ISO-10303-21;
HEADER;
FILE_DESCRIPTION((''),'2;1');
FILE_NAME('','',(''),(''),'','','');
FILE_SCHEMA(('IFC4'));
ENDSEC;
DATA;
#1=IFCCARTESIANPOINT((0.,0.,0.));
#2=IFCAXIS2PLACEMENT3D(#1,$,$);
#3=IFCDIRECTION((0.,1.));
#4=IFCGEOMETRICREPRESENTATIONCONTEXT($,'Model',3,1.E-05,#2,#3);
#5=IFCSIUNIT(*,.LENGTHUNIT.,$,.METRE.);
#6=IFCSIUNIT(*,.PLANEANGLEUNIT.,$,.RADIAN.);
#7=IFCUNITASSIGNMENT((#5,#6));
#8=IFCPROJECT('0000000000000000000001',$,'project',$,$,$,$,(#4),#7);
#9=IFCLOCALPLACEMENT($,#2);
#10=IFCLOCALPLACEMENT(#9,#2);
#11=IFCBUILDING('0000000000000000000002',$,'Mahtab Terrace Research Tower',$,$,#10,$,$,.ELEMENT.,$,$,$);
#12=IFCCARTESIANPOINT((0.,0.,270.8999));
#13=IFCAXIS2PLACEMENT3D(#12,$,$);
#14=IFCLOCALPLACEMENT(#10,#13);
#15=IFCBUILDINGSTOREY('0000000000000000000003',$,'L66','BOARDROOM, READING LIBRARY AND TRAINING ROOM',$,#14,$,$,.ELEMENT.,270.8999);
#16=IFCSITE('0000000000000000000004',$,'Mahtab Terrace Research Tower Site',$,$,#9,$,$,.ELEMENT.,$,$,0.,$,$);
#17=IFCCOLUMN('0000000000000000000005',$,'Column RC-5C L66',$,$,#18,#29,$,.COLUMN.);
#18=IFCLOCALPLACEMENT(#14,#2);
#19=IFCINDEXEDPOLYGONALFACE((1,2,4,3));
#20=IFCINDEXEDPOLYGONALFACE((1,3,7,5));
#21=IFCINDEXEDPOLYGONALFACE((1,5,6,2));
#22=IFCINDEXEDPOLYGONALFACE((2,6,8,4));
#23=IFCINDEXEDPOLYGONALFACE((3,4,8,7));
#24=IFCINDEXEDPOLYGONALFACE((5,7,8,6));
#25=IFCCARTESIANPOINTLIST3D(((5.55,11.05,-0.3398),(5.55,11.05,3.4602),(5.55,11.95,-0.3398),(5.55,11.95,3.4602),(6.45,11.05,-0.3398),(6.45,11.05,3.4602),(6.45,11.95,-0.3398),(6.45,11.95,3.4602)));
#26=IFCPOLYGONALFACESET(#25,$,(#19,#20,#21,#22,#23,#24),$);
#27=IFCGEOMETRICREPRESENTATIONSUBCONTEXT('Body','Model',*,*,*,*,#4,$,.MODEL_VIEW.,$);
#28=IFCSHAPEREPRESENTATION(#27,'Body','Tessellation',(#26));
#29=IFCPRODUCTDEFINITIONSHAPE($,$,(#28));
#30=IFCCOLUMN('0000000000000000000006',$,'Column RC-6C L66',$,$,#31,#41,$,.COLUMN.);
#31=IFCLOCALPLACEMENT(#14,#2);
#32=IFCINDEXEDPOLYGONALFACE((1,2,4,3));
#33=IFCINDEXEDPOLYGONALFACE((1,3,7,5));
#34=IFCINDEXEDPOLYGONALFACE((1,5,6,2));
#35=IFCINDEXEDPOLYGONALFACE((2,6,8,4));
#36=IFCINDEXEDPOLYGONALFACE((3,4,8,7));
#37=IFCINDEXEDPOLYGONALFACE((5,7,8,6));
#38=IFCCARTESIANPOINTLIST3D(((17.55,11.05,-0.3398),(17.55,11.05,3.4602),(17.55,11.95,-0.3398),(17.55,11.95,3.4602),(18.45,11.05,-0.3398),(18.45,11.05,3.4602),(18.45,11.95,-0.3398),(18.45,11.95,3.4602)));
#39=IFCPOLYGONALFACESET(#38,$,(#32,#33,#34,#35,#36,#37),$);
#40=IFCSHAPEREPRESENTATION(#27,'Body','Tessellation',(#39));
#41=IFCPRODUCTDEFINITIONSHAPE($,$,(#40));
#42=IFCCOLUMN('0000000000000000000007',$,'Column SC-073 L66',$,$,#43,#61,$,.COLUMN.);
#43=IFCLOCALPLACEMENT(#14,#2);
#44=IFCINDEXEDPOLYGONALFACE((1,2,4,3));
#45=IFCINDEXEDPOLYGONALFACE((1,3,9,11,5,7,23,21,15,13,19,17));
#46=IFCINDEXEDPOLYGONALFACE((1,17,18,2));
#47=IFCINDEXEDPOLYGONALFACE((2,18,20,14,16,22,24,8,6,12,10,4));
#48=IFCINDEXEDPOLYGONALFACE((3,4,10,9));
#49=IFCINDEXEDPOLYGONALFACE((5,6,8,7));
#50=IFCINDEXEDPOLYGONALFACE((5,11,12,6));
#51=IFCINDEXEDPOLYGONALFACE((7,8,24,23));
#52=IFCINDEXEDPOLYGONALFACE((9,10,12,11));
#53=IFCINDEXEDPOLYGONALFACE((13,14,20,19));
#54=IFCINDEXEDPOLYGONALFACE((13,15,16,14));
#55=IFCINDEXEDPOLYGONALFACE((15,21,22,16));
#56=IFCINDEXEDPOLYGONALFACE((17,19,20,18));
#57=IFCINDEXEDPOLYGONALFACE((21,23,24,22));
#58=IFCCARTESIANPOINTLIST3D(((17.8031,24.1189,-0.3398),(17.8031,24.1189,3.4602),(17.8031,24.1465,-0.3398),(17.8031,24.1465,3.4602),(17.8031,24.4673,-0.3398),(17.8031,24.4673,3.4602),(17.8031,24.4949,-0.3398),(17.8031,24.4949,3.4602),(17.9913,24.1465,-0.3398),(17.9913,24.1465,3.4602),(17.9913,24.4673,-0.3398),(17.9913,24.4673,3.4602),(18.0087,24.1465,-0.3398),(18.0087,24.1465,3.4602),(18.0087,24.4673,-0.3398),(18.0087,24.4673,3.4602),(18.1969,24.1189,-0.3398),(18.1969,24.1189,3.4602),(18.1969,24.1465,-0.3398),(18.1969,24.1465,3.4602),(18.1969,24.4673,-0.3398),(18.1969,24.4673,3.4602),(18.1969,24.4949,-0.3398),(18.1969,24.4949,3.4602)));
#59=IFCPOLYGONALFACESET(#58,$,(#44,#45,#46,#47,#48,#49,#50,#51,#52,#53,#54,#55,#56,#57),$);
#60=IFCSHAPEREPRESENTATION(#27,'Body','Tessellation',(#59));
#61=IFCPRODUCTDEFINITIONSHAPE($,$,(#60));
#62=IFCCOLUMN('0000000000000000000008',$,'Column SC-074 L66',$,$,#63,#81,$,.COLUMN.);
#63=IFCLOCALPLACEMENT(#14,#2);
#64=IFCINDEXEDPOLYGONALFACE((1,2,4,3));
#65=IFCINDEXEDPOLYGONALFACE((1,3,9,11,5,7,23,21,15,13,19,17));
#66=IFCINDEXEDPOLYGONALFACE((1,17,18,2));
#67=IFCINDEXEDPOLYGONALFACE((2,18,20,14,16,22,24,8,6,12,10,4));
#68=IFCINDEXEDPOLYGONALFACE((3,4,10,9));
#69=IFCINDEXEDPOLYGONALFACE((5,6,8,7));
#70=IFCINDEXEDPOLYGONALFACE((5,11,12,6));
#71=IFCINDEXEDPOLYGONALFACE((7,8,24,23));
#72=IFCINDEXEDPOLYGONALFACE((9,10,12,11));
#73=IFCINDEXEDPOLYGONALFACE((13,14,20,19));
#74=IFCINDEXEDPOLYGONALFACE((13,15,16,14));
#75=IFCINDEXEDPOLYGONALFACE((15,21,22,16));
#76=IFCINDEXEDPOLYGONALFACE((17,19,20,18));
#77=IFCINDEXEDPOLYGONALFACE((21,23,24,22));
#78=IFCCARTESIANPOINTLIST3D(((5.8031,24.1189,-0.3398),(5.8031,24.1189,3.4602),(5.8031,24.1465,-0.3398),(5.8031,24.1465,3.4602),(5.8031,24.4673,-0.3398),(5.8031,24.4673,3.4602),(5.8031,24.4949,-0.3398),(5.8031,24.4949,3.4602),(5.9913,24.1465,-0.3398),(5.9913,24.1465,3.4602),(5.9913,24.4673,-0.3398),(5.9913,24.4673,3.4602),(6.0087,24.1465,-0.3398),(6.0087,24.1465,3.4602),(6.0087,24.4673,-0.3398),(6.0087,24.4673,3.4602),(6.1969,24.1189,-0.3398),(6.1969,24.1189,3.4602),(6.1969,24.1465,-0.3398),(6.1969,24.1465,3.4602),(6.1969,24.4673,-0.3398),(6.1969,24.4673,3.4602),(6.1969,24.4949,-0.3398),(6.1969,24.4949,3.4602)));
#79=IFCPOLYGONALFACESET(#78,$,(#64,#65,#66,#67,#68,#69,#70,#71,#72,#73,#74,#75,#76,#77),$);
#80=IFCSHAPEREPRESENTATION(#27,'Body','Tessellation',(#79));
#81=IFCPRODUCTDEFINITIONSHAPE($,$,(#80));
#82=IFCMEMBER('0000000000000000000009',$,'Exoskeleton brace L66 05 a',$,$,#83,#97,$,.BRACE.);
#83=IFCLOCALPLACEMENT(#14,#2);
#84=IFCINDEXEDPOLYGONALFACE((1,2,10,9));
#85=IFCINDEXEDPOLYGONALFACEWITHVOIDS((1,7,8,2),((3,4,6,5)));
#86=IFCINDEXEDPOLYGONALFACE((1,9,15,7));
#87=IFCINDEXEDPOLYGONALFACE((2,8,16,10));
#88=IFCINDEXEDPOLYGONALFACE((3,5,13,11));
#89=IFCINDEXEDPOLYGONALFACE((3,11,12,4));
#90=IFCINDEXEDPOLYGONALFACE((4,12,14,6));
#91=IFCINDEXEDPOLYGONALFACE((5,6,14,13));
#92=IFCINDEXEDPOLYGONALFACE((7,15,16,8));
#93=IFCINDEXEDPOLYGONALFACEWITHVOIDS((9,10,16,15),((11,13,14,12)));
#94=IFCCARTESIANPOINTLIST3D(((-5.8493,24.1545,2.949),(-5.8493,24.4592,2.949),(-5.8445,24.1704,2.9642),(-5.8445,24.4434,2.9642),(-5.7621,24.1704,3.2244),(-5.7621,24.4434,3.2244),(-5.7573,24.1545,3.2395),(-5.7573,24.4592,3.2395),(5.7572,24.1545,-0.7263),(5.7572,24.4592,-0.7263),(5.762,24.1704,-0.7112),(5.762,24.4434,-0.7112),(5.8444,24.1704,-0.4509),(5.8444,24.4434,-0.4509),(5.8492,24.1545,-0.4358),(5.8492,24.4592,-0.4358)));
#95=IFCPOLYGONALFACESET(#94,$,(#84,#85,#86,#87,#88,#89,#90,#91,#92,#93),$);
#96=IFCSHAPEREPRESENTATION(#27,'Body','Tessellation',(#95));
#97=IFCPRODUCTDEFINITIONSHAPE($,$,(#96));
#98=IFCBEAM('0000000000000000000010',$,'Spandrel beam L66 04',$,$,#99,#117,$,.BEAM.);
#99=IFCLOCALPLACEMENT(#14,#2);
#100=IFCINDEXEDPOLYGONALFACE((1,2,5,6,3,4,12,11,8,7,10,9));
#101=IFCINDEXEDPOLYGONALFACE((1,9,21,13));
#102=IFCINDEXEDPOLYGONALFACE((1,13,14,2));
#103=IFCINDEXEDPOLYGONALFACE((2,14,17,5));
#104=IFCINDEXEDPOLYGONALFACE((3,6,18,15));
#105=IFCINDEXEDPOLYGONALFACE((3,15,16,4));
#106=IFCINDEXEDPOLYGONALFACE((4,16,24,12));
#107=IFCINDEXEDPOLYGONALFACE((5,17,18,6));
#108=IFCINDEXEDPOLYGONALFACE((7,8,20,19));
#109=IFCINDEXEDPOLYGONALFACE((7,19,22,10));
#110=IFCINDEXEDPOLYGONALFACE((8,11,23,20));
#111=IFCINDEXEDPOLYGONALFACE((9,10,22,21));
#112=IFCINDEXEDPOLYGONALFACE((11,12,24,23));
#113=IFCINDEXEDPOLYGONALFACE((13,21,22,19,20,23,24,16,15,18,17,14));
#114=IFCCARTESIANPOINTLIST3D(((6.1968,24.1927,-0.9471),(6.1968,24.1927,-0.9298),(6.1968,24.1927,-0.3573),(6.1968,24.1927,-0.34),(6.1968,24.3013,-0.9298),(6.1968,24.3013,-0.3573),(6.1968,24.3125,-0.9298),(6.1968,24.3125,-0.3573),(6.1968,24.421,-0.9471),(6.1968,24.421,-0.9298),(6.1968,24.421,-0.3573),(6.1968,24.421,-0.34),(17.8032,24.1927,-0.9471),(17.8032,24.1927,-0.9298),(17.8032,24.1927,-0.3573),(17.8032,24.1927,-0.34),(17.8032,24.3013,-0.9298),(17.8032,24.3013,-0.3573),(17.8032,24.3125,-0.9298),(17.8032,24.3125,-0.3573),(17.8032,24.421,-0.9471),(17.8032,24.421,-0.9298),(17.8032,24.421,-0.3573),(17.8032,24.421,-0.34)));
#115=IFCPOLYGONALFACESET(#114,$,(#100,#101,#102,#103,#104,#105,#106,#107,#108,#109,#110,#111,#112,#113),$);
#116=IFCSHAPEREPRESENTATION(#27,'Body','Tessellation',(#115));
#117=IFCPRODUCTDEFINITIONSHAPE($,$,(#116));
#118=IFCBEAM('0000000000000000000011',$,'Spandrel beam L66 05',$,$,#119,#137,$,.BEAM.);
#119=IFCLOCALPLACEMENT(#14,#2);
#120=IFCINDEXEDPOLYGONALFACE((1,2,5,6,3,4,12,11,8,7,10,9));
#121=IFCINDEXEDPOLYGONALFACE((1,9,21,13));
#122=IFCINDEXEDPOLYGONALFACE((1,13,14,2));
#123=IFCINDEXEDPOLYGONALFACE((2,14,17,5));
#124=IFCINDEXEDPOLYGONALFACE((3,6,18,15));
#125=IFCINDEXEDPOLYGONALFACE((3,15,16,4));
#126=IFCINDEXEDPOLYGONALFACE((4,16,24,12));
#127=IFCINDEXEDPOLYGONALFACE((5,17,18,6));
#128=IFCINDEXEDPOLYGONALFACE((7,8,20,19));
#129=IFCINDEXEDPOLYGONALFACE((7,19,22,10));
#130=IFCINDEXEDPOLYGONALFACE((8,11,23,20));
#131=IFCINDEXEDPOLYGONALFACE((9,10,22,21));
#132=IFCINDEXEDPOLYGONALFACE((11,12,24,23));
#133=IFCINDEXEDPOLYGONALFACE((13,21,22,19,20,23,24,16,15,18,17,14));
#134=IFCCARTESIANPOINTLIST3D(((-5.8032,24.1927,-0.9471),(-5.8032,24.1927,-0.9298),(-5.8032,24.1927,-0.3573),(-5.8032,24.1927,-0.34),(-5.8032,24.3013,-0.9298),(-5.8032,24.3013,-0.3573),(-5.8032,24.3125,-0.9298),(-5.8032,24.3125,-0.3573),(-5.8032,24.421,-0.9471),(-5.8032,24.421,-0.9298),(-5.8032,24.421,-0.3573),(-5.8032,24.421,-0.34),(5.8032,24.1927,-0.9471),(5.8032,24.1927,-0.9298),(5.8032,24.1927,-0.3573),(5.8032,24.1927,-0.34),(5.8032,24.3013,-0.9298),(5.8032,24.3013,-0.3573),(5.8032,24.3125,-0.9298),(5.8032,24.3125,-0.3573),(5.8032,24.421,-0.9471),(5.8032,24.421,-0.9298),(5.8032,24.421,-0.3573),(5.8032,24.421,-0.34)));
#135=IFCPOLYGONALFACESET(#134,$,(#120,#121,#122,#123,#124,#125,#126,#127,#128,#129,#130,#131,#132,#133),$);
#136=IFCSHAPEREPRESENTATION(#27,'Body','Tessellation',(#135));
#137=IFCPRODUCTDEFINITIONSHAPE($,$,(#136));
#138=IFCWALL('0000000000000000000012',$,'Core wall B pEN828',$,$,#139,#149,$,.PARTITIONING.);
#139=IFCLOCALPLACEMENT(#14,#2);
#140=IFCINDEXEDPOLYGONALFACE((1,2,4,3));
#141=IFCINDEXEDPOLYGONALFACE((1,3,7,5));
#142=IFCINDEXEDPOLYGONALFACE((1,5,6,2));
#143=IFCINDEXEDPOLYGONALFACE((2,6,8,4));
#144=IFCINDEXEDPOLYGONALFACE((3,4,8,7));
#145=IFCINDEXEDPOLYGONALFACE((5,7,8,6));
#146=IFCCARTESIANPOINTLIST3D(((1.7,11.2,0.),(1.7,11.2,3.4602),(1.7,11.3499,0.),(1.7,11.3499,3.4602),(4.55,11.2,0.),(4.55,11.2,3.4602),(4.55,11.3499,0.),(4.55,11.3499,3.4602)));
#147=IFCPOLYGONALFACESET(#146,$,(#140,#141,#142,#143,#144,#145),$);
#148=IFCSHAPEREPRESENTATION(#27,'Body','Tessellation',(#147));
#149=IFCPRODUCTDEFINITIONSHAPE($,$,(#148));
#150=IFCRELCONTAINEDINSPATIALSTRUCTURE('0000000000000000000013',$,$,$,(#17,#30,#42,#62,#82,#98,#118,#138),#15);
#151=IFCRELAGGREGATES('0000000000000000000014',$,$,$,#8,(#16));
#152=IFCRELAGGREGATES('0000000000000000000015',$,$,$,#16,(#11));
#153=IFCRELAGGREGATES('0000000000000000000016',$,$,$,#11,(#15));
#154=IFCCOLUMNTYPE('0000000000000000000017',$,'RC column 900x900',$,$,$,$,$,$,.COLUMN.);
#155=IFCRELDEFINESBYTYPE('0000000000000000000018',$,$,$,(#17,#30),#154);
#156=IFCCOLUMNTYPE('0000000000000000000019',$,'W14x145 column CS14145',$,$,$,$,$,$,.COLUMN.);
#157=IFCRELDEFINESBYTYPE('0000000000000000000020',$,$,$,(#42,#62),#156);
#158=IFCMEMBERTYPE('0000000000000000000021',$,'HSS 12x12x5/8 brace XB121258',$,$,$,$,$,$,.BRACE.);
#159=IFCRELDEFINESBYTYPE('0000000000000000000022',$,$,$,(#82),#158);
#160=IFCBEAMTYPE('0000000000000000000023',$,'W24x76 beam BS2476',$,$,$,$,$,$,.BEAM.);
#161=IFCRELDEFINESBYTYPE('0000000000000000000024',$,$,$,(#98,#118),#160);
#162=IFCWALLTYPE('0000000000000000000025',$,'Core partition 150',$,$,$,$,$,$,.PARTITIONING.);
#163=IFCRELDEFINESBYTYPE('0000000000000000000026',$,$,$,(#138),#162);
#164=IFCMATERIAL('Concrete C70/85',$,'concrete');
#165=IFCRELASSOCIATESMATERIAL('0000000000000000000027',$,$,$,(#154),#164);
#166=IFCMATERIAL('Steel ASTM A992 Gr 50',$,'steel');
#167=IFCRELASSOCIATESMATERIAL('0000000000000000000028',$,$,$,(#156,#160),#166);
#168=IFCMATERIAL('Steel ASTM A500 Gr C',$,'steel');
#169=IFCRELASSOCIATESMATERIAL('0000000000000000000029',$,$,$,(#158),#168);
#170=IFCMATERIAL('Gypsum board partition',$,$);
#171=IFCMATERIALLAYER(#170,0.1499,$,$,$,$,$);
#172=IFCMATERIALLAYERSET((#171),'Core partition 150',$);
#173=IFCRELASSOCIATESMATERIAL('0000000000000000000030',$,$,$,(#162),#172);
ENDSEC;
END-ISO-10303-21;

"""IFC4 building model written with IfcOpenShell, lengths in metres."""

from ifc_helpers import new_model, si_unit, direction, frame, frame_2d, origin, origin_2d, place, context, subcontext, project, spatial, rectangle, hollow_rectangle, i_section, extrude, material, layer, layer_set, material_profile, profile_set, type_object, element, save


model = new_model("IFC4")

# Units and contexts
model_context = context("Model", 3, precision=1e-05, world=origin(), true_north=direction((0.0, 1.0)))
body_context = subcontext(model_context, "Body", "Model", "MODEL_VIEW")
ifc_project = project(units=[si_unit("LENGTHUNIT", "METRE"), si_unit("PLANEANGLEUNIT", "RADIAN")], contexts=[model_context])

# Site, building, storey
site_placement = place(None, origin())
site = spatial("IfcSite", under=ifc_project, at=site_placement, Name="Mahtab Terrace Research Tower Site", CompositionType="ELEMENT", RefElevation=0.0)
building_placement = place(site_placement, origin())
building = spatial("IfcBuilding", under=site, at=building_placement, Name="Mahtab Terrace Research Tower", CompositionType="ELEMENT")
storey_placement = place(building_placement, frame((0.0, 0.0, 270.8999)))
storey = spatial("IfcBuildingStorey", under=building, at=storey_placement, Name="L66", Description="BOARDROOM, READING LIBRARY AND TRAINING ROOM", CompositionType="ELEMENT", Elevation=270.8999)

# Columns
ifc_material_1 = material(Name="Concrete C70/85", Category="concrete")
ifc_material_profile_1 = material_profile(ifc_material_1, rectangle(XDim=0.8999, YDim=0.8999, at=origin_2d()), Name="RC column 900x900")
ifc_profile_set_1 = profile_set([ifc_material_profile_1], Name="Concrete C70/85")
column_type_1 = type_object("IfcColumnType", Name="RC column 900x900", PredefinedType="COLUMN", material=ifc_profile_set_1)
for number, where, z_axis, x_axis, name in (
    (1, (6.0, 11.5, -0.3398), (0.0, 0.0, 1.0), (1.0, 0.0, 0.0), "Column RC-5C L66"),
    (2, (18.0, 11.5, -0.3398), (0.0, 0.0, 1.0), (1.0, 0.0, 0.0), "Column RC-6C L66"),
):
    element("IfcColumn", number, at=place(storey_placement, frame(where, z_axis=z_axis, x_axis=x_axis)), inside=storey, type_object=column_type_1, Name=name, PredefinedType="COLUMN", context=body_context, shape_type="SweptSolid", body=[
        extrude(rectangle(XDim=0.8999, YDim=0.8999, at=origin_2d()), origin(), (0.0, 0.0, 1.0), 3.8),
    ])
ifc_material_2 = material(Name="Steel ASTM A992 Gr 50", Category="steel")
ifc_material_profile_2 = material_profile(ifc_material_2, i_section(OverallWidth=0.3938, OverallDepth=0.376, WebThickness=0.0173, FlangeThickness=0.0276, at=origin_2d()), Name="W14X145")
ifc_profile_set_2 = profile_set([ifc_material_profile_2], Name="Steel ASTM A992 Gr 50")
column_type_2 = type_object("IfcColumnType", Name="W14x145 column CS14145", PredefinedType="COLUMN", material=ifc_profile_set_2)
for number, where, z_axis, x_axis, name in (
    (3, (18.0, 24.3069, -0.3398), (0.0, 0.0, 1.0), (1.0, 0.0, 0.0), "Column SC-073 L66"),
    (4, (6.0, 24.3069, -0.3398), (0.0, 0.0, 1.0), (1.0, 0.0, 0.0), "Column SC-074 L66"),
):
    element("IfcColumn", number, at=place(storey_placement, frame(where, z_axis=z_axis, x_axis=x_axis)), inside=storey, type_object=column_type_2, Name=name, PredefinedType="COLUMN", context=body_context, shape_type="SweptSolid", body=[
        extrude(i_section(OverallWidth=0.3938, OverallDepth=0.376, WebThickness=0.0173, FlangeThickness=0.0276, at=origin_2d()), origin(), (0.0, 0.0, 1.0), 3.8),
    ])

# Member
ifc_material_3 = material(Name="Steel ASTM A500 Gr C", Category="steel")
ifc_material_profile_3 = material_profile(ifc_material_3, hollow_rectangle(XDim=0.3047, YDim=0.3047, WallThickness=0.0159, at=origin_2d()), Name="HSS12X12X5/8")
ifc_profile_set_3 = profile_set([ifc_material_profile_3], Name="Steel ASTM A500 Gr C")
member_type = type_object("IfcMemberType", Name="HSS 12x12x5/8 brace XB121258", PredefinedType="BRACE", material=ifc_profile_set_3)
member_placement = place(storey_placement, frame((5.8032, 24.3069, -0.5811), z_axis=(-0.953344, 0.0, 0.301886), x_axis=(0.0, -1.0, 0.0)))
element("IfcMember", 5, at=member_placement, inside=storey, type_object=member_type, Name="Exoskeleton brace L66 05 a", PredefinedType="BRACE", context=body_context, shape_type="SweptSolid", body=[
    extrude(hollow_rectangle(XDim=0.3047, YDim=0.3047, WallThickness=0.0159, at=origin_2d()), origin(), (0.0, 0.0, 1.0), 12.1746),
])

# Beams
ifc_material_profile_4 = material_profile(ifc_material_2, i_section(OverallWidth=0.2283, OverallDepth=0.6072, WebThickness=0.0112, FlangeThickness=0.0173, at=origin_2d()), Name="W24X76")
ifc_profile_set_4 = profile_set([ifc_material_profile_4], Name="Steel ASTM A992 Gr 50")
beam_type = type_object("IfcBeamType", Name="W24x76 beam BS2476", PredefinedType="BEAM", material=ifc_profile_set_4)
for number, where, z_axis, x_axis, name in (
    (6, (17.8032, 24.3069, -0.6436), (-1.0, 0.0, 0.0), (0.0, -1.0, 0.0), "Spandrel beam L66 04"),
    (7, (5.8032, 24.3069, -0.6436), (-1.0, 0.0, 0.0), (0.0, -1.0, 0.0), "Spandrel beam L66 05"),
):
    element("IfcBeam", number, at=place(storey_placement, frame(where, z_axis=z_axis, x_axis=x_axis)), inside=storey, type_object=beam_type, Name=name, PredefinedType="BEAM", context=body_context, shape_type="SweptSolid", body=[
        extrude(i_section(OverallWidth=0.2283, OverallDepth=0.6072, WebThickness=0.0112, FlangeThickness=0.0173, at=origin_2d()), origin(), (0.0, 0.0, 1.0), 11.6064),
    ])

# Wall
ifc_material_4 = material(Name="Gypsum board partition")
ifc_layer_1 = layer(ifc_material_4, 0.1499)
ifc_layer_set_1 = layer_set([ifc_layer_1], Name="Core partition 150")
wall_type_1 = type_object("IfcWallType", Name="Core partition 150", PredefinedType="PARTITIONING", material=ifc_layer_set_1)
wall_1_placement = place(storey_placement, frame((1.7, 11.2749, 0.0), z_axis=(0.0, 0.0, 1.0), x_axis=(1.0, 0.0, 0.0)))
element("IfcWall", 8, at=wall_1_placement, inside=storey, type_object=wall_type_1, Name="Core wall B pEN828", PredefinedType="PARTITIONING", context=body_context, shape_type="SweptSolid", body=[
    extrude(rectangle(XDim=2.8501, YDim=0.1499, at=frame_2d((1.425, 0.0))), origin(), (0.0, 0.0, 1.0), 3.4602),
])

save(model, "model.ifc")
